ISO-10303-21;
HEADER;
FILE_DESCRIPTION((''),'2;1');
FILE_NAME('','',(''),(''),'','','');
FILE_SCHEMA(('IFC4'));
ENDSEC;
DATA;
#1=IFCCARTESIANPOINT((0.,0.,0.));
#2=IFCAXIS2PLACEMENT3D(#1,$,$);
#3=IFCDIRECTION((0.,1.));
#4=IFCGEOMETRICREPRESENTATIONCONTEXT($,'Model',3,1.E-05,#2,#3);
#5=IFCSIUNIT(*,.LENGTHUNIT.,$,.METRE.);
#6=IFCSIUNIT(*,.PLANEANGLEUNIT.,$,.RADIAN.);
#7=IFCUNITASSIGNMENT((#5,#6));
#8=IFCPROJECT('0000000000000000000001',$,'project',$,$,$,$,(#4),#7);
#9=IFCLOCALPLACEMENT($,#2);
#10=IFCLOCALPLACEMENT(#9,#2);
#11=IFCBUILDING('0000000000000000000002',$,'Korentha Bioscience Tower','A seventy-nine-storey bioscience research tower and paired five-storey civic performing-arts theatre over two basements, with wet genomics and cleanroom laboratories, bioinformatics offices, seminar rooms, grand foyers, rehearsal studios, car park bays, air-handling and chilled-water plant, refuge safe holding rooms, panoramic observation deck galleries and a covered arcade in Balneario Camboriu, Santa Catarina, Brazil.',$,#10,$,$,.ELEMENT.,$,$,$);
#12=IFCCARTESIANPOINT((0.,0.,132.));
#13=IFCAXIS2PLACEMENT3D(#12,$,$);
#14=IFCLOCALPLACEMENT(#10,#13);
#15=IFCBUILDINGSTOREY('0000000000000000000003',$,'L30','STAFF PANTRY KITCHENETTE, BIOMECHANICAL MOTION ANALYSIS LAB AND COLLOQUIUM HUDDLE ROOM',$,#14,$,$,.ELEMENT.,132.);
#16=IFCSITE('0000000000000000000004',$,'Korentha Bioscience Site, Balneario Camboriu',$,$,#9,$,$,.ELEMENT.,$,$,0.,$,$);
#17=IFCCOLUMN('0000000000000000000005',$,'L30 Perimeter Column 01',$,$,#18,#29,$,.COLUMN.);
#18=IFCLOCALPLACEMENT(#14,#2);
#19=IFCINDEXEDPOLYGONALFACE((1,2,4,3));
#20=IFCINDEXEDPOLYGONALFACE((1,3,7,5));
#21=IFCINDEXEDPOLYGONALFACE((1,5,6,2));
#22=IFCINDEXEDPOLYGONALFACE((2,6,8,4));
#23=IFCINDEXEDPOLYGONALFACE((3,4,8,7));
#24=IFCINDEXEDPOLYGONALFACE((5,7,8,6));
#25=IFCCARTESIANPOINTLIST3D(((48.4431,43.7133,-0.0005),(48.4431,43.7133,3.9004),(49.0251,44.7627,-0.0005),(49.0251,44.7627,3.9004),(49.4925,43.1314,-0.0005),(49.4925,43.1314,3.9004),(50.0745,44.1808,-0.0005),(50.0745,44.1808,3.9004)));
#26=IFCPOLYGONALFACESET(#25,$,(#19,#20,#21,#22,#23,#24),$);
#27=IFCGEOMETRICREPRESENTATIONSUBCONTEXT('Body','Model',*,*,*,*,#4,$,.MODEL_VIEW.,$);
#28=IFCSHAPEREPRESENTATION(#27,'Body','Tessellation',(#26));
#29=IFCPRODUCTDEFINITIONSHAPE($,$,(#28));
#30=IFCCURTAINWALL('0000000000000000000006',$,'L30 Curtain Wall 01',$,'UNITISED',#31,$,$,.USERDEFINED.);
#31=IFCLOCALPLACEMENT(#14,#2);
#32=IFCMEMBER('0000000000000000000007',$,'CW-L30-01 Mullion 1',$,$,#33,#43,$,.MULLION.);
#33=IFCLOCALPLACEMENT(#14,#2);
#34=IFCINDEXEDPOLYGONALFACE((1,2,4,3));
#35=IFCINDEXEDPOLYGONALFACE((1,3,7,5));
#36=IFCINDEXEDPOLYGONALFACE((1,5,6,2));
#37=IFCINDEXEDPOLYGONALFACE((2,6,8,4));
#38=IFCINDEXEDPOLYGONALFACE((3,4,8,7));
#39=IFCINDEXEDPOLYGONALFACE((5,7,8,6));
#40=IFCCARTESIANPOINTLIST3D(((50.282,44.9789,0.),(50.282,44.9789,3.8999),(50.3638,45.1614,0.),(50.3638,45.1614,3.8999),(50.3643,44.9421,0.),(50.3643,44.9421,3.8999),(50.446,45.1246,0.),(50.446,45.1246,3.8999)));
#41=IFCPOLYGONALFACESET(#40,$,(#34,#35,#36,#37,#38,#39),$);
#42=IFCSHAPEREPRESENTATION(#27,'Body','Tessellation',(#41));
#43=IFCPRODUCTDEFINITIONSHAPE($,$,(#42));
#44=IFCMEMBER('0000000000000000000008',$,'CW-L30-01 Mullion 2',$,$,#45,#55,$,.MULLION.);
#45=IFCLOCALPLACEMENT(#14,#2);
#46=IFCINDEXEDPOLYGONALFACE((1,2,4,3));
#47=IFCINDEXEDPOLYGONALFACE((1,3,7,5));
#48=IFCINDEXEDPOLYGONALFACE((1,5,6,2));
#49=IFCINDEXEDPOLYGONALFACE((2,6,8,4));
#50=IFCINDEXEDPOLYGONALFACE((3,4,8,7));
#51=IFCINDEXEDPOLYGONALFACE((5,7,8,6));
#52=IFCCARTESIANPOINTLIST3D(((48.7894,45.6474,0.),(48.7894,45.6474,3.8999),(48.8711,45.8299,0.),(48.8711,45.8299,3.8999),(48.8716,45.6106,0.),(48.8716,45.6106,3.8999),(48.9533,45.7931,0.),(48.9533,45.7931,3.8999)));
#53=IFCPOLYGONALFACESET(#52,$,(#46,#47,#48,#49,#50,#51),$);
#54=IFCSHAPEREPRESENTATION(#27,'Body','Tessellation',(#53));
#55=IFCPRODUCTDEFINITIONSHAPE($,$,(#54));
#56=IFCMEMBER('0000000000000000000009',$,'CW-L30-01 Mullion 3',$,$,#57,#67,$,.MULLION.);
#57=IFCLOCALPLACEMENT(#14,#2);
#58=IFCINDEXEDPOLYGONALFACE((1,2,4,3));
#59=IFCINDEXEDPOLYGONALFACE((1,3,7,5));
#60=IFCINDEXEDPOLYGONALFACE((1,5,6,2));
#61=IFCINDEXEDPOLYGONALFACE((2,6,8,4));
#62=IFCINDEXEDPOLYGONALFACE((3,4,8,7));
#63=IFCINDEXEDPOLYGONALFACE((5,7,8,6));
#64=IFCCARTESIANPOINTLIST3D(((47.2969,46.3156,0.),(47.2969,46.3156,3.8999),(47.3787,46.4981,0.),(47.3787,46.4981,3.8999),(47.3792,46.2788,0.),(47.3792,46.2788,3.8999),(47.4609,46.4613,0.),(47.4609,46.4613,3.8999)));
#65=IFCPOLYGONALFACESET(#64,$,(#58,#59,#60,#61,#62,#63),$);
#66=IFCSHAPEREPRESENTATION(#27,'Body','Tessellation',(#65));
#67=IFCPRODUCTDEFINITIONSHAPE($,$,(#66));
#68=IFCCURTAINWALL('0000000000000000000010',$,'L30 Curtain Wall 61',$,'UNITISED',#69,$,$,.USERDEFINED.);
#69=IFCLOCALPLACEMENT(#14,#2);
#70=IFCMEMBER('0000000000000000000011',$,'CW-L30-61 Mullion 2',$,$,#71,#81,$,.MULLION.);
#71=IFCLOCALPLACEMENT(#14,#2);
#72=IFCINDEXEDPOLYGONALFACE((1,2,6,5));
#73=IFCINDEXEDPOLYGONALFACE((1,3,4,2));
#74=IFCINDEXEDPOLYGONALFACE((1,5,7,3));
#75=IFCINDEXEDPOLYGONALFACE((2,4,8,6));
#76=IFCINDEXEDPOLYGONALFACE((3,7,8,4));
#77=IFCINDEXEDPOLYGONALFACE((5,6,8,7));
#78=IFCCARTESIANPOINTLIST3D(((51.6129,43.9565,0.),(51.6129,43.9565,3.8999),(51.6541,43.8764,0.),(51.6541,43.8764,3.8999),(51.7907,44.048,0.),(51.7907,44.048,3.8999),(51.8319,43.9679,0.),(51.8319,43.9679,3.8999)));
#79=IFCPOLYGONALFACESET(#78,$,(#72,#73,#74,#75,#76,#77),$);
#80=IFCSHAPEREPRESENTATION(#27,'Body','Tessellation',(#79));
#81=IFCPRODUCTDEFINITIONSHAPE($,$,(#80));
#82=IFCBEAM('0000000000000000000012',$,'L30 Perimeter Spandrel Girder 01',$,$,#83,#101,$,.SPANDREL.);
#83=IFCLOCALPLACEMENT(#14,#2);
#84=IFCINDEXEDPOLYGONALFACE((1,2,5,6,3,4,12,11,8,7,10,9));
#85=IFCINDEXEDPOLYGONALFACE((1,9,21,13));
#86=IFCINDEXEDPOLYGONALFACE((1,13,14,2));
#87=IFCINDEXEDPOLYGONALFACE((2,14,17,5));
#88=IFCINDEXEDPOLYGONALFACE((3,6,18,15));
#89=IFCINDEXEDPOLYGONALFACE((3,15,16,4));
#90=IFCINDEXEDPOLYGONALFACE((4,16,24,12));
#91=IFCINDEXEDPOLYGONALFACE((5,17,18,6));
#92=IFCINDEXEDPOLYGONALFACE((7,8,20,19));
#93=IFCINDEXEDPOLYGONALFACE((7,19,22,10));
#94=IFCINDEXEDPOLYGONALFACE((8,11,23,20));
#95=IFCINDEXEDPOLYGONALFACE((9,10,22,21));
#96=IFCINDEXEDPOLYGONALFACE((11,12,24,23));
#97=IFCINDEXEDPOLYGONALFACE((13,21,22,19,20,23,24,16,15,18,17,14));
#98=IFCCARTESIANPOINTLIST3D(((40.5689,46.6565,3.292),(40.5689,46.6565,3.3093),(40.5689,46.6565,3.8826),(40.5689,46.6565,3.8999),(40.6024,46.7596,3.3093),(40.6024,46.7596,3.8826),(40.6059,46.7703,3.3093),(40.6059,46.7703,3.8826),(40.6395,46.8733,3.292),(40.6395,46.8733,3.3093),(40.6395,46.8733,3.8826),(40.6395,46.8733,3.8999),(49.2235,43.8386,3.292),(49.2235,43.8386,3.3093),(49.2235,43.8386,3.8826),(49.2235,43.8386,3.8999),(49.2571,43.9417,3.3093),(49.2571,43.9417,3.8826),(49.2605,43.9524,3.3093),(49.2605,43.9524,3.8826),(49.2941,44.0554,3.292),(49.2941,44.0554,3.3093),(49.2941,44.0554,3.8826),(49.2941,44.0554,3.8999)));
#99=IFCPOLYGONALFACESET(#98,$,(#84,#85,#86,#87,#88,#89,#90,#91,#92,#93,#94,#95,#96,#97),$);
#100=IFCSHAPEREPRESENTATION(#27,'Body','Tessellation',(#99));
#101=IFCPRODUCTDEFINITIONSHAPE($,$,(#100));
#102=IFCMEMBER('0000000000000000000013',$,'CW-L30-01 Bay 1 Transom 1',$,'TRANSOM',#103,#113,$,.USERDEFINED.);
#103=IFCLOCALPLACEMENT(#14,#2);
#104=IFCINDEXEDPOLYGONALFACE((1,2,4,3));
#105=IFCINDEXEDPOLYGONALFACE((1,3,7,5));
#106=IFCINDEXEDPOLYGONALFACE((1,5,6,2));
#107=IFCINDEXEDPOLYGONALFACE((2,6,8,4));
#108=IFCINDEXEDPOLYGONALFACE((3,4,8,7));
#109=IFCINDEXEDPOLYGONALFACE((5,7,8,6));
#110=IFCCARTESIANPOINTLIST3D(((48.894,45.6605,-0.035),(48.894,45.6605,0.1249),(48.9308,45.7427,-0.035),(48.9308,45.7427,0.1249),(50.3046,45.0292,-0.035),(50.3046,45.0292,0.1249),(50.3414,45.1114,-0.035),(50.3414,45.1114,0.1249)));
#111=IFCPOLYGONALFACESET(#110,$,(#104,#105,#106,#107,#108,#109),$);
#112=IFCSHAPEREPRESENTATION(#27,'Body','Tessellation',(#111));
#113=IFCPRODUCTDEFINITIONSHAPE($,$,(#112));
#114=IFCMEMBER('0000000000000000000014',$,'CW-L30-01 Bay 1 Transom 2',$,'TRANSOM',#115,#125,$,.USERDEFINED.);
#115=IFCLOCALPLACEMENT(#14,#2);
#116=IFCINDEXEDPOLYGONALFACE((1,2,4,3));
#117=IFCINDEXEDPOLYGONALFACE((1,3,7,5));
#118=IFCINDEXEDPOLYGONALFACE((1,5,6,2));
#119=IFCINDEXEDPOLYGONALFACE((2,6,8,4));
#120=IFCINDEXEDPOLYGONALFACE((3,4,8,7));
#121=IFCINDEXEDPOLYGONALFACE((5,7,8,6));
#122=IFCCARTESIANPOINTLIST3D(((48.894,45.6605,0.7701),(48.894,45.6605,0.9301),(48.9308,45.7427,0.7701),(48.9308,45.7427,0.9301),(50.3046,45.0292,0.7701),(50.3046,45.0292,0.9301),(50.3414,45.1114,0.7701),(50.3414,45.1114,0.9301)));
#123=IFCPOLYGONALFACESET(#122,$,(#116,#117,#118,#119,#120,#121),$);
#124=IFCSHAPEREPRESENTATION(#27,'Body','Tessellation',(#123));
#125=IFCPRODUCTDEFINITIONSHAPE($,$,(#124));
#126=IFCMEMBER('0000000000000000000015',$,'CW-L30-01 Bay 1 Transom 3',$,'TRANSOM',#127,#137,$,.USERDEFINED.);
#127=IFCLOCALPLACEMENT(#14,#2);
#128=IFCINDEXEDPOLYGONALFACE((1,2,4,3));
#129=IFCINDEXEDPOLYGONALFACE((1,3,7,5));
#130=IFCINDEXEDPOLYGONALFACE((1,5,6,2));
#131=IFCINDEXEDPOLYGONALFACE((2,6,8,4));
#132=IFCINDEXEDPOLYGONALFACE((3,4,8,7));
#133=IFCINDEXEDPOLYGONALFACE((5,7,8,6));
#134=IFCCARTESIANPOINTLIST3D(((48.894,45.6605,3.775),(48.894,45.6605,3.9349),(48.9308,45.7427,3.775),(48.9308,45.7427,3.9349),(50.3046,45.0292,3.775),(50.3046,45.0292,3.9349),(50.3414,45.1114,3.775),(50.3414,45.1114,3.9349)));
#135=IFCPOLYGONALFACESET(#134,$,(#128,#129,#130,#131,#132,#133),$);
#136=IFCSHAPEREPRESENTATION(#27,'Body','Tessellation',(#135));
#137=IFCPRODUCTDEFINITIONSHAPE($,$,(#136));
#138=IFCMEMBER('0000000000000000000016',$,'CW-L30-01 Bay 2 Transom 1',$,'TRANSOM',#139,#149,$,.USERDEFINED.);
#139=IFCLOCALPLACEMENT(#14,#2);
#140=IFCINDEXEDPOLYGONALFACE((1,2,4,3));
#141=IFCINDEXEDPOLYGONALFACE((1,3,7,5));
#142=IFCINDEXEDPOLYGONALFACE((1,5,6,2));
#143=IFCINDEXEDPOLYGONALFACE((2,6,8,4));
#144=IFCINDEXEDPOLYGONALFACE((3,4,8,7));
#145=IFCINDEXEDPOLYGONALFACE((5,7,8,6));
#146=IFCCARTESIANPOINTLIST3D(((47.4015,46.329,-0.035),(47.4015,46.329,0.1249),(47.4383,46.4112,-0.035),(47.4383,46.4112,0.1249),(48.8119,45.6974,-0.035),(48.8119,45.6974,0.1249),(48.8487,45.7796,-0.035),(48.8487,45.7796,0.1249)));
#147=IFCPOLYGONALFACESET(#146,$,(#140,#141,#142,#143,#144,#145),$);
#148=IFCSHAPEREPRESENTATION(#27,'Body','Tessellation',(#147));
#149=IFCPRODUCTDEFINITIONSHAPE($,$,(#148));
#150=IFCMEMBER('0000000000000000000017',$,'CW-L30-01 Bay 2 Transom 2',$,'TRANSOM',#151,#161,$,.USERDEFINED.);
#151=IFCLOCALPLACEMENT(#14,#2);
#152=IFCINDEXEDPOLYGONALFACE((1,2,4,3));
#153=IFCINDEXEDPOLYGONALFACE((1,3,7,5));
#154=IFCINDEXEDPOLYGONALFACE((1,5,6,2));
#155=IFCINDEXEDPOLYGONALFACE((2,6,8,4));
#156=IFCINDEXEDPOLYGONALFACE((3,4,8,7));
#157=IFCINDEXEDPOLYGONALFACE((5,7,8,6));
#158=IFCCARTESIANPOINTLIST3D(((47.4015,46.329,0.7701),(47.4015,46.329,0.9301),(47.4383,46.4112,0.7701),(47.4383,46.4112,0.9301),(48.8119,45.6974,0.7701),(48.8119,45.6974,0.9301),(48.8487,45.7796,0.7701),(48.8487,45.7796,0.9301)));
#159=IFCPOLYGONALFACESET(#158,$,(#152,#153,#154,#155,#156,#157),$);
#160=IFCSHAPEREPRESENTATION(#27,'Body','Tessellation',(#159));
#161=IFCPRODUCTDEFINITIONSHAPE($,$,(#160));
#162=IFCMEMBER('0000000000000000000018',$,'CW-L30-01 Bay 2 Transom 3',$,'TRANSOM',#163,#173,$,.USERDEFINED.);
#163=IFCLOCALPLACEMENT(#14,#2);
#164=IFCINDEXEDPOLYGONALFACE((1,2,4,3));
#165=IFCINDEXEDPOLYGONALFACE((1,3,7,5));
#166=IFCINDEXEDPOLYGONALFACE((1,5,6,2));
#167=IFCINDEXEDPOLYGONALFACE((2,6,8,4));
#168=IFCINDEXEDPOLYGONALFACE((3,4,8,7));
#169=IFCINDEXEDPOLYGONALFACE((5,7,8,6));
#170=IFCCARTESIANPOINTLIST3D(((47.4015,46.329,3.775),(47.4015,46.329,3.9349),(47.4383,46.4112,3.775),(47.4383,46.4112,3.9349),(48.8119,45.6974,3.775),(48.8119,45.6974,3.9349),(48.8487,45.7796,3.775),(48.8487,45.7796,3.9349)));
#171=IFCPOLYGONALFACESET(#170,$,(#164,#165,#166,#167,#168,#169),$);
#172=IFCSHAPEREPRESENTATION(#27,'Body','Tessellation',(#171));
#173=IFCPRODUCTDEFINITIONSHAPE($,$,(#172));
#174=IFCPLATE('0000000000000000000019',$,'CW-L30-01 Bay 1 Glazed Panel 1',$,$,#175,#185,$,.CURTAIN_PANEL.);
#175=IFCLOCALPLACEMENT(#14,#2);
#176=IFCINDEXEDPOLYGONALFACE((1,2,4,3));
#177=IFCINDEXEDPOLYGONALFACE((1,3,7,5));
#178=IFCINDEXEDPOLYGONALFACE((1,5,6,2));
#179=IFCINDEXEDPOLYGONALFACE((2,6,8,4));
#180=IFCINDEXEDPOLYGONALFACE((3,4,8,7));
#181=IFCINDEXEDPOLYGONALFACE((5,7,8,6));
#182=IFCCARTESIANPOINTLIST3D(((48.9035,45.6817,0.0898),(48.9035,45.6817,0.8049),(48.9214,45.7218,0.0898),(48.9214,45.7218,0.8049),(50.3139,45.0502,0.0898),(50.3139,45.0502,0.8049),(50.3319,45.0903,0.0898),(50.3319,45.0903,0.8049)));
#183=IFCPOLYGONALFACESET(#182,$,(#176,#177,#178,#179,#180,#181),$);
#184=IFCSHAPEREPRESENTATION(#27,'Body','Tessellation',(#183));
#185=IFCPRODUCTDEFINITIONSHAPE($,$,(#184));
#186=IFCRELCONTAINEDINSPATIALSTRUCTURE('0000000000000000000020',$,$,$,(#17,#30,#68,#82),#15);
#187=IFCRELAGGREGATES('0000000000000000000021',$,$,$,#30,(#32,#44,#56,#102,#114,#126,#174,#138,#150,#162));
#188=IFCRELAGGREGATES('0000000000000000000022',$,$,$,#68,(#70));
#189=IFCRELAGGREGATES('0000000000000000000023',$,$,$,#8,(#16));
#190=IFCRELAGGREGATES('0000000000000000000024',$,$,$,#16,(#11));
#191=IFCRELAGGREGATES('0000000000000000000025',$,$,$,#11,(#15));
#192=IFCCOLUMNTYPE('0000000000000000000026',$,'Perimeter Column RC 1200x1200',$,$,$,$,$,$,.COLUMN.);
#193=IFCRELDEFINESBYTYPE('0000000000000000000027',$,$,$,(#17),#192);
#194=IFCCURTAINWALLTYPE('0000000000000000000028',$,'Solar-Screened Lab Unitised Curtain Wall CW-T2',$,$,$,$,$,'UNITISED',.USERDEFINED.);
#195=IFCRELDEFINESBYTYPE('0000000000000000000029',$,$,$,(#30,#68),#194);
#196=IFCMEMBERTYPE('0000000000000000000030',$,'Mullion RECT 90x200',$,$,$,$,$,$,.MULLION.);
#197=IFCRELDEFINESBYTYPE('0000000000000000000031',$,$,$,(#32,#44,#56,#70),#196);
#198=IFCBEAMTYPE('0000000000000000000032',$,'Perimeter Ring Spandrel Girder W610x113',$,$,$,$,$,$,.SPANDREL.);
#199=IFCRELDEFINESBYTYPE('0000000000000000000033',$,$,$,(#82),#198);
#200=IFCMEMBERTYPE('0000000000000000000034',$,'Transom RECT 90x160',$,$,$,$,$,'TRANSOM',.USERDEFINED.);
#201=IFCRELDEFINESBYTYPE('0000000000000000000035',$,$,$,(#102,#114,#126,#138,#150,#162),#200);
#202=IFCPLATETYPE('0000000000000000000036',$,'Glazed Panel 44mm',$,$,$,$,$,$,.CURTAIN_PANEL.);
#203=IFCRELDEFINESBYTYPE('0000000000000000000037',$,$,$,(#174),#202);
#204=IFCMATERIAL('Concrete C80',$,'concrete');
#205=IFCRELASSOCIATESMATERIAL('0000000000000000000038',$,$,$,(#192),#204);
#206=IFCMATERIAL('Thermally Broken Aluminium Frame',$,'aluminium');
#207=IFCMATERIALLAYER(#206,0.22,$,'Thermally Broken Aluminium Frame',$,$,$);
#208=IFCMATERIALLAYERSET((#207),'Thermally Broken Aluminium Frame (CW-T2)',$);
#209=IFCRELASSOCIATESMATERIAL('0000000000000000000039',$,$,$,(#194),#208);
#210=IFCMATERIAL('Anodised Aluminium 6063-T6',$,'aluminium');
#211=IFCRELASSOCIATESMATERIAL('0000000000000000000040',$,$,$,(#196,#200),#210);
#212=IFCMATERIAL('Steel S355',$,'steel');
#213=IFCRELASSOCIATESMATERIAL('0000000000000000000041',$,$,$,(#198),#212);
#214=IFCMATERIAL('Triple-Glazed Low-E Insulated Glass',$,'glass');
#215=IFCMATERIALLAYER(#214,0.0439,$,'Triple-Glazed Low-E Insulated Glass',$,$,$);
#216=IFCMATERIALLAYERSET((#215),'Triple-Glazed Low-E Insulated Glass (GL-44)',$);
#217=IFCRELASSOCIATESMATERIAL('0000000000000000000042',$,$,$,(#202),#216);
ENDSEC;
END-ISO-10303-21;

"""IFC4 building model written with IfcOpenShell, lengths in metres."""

from ifc_helpers import new_model, si_unit, direction, frame, origin, origin_2d, place, context, subcontext, project, spatial, rectangle, i_section, extrude, material, layer, layer_set, material_profile, profile_set, type_object, element, aggregate, save


model = new_model("IFC4")

# Units and contexts
model_context = context("Model", 3, precision=1e-05, world=origin(), true_north=direction((0.0, 1.0)))
body_context = subcontext(model_context, "Body", "Model", "MODEL_VIEW")
ifc_project = project(units=[si_unit("LENGTHUNIT", "METRE"), si_unit("PLANEANGLEUNIT", "RADIAN")], contexts=[model_context])

# Site, building, storey
site_placement = place(None, origin())
site = spatial("IfcSite", under=ifc_project, at=site_placement, Name="Korentha Bioscience Site, Balneario Camboriu", CompositionType="ELEMENT", RefElevation=0.0)
building_placement = place(site_placement, origin())
building = spatial("IfcBuilding", under=site, at=building_placement, Name="Korentha Bioscience Tower", Description="A seventy-nine-storey bioscience research tower and paired five-storey civic performing-arts theatre over two basements, with wet genomics and cleanroom laboratories, bioinformatics offices, seminar rooms, grand foyers, rehearsal studios, car park bays, air-handling and chilled-water plant, refuge safe holding rooms, panoramic observation deck galleries and a covered arcade in Balneario Camboriu, Santa Catarina, Brazil.", CompositionType="ELEMENT")
storey_placement = place(building_placement, frame((0.0, 0.0, 132.0)))
storey = spatial("IfcBuildingStorey", under=building, at=storey_placement, Name="L30", Description="STAFF PANTRY KITCHENETTE, BIOMECHANICAL MOTION ANALYSIS LAB AND COLLOQUIUM HUDDLE ROOM", CompositionType="ELEMENT", Elevation=132.0)

# Column
ifc_material_1 = material(Name="Concrete C80", Category="concrete")
ifc_material_profile_1 = material_profile(ifc_material_1, rectangle(XDim=1.2, YDim=1.2, at=origin_2d()), Name="Concrete C80")
ifc_profile_set_1 = profile_set([ifc_material_profile_1], Name="Concrete C80 (COL-P12)")
column_type = type_object("IfcColumnType", Name="Perimeter Column RC 1200x1200", PredefinedType="COLUMN", material=ifc_profile_set_1)
column_placement = place(storey_placement, frame((49.2588, 43.947, -0.0005), z_axis=(0.0, 0.0, 1.0), x_axis=(-0.874535, 0.484962, 0.0)))
element("IfcColumn", 1, at=column_placement, inside=storey, type_object=column_type, Name="L30 Perimeter Column 01", PredefinedType="COLUMN", context=body_context, shape_type="SweptSolid", body=[
    extrude(rectangle(XDim=1.2, YDim=1.2, at=origin_2d()), origin(), (0.0, 0.0, 1.0), 3.9009),
])

# Curtain wall, members
ifc_material_2 = material(Name="Thermally Broken Aluminium Frame", Category="aluminium")
ifc_layer_1 = layer(ifc_material_2, 0.22, Name="Thermally Broken Aluminium Frame")
ifc_layer_set_1 = layer_set([ifc_layer_1], Name="Thermally Broken Aluminium Frame (CW-T2)")
curtain_wall_type = type_object("IfcCurtainWallType", Name="Solar-Screened Lab Unitised Curtain Wall CW-T2", ElementType="UNITISED", PredefinedType="USERDEFINED", material=ifc_layer_set_1)
curtain_wall_1_placement = place(storey_placement, origin())
curtain_wall_1 = element("IfcCurtainWall", 2, at=curtain_wall_1_placement, inside=storey, type_object=curtain_wall_type, Name="L30 Curtain Wall 01", ObjectType="UNITISED", PredefinedType="USERDEFINED")
ifc_material_3 = material(Name="Anodised Aluminium 6063-T6", Category="aluminium")
ifc_material_profile_2 = material_profile(ifc_material_3, rectangle(XDim=0.0901, YDim=0.2, at=origin_2d()), Name="Anodised Aluminium 6063-T6")
ifc_profile_set_2 = profile_set([ifc_material_profile_2], Name="Anodised Aluminium 6063-T6 (CW-MUL)")
member_type_1 = type_object("IfcMemberType", Name="Mullion RECT 90x200", PredefinedType="MULLION", material=ifc_profile_set_2)
member_1_placement = place(storey_placement, frame((50.364, 45.0518, 0.0), z_axis=(0.0, 0.0, 1.0), x_axis=(-0.912687, 0.40866, 0.0)))
member_1 = element("IfcMember", 3, at=member_1_placement, type_object=member_type_1, Name="CW-L30-01 Mullion 1", PredefinedType="MULLION", context=body_context, shape_type="SweptSolid", body=[
    extrude(rectangle(XDim=0.0901, YDim=0.2, at=origin_2d()), origin(), (0.0, 0.0, 1.0), 3.8999),
])
member_2_placement = place(storey_placement, frame((48.8713, 45.7202, 0.0), z_axis=(0.0, 0.0, 1.0), x_axis=(-0.912687, 0.40866, 0.0)))
member_2 = element("IfcMember", 4, at=member_2_placement, type_object=member_type_1, Name="CW-L30-01 Mullion 2", PredefinedType="MULLION", context=body_context, shape_type="SweptSolid", body=[
    extrude(rectangle(XDim=0.0901, YDim=0.2, at=origin_2d()), origin(), (0.0, 0.0, 1.0), 3.8999),
])
member_3_placement = place(storey_placement, frame((47.3789, 46.3884, 0.0), z_axis=(0.0, 0.0, 1.0), x_axis=(-0.912687, 0.40866, 0.0)))
member_3 = element("IfcMember", 5, at=member_3_placement, type_object=member_type_1, Name="CW-L30-01 Mullion 3", PredefinedType="MULLION", context=body_context, shape_type="SweptSolid", body=[
    extrude(rectangle(XDim=0.0901, YDim=0.2, at=origin_2d()), origin(), (0.0, 0.0, 1.0), 3.8999),
])

# Curtain wall, member
curtain_wall_2_placement = place(storey_placement, origin())
curtain_wall_2 = element("IfcCurtainWall", 6, at=curtain_wall_2_placement, inside=storey, type_object=curtain_wall_type, Name="L30 Curtain Wall 61", ObjectType="UNITISED", PredefinedType="USERDEFINED")
member_4_placement = place(storey_placement, frame((51.7224, 43.9622, 0.0), z_axis=(0.0, 0.0, 1.0), x_axis=(-0.457613, 0.889151, 0.0)))
member_4 = element("IfcMember", 7, at=member_4_placement, type_object=member_type_1, Name="CW-L30-61 Mullion 2", PredefinedType="MULLION", context=body_context, shape_type="SweptSolid", body=[
    extrude(rectangle(XDim=0.0901, YDim=0.2, at=origin_2d()), origin(), (0.0, 0.0, 1.0), 3.8999),
])

# Beam
ifc_material_4 = material(Name="Steel S355", Category="steel")
ifc_material_profile_3 = material_profile(ifc_material_4, i_section(OverallWidth=0.228, OverallDepth=0.6079, WebThickness=0.0112, FlangeThickness=0.0173, at=origin_2d()), Name="Steel S355")
ifc_profile_set_3 = profile_set([ifc_material_profile_3], Name="Steel S355 (SB-610)")
beam_type = type_object("IfcBeamType", Name="Perimeter Ring Spandrel Girder W610x113", PredefinedType="SPANDREL", material=ifc_profile_set_3)
beam_placement = place(storey_placement, frame((49.2588, 43.947, 3.5959), z_axis=(-0.950868, 0.309597, 0.0), x_axis=(-0.309597, -0.950868, 0.0)))
element("IfcBeam", 8, at=beam_placement, inside=storey, type_object=beam_type, Name="L30 Perimeter Spandrel Girder 01", PredefinedType="SPANDREL", context=body_context, shape_type="SweptSolid", body=[
    extrude(i_section(OverallWidth=0.228, OverallDepth=0.6079, WebThickness=0.0112, FlangeThickness=0.0173, at=origin_2d()), origin(), (0.0, 0.0, 1.0), 9.1018),
])

# Members
ifc_material_profile_4 = material_profile(ifc_material_3, rectangle(XDim=0.0901, YDim=0.1599, at=origin_2d()), Name="Anodised Aluminium 6063-T6")
ifc_profile_set_4 = profile_set([ifc_material_profile_4], Name="Anodised Aluminium 6063-T6 (CW-TRN)")
member_type_2 = type_object("IfcMemberType", Name="Transom RECT 90x160", ElementType="TRANSOM", PredefinedType="USERDEFINED", material=ifc_profile_set_4)
member_5_placement = place(storey_placement, frame((50.323, 45.0703, 0.0449), z_axis=(-0.912753, 0.408512, 0.0), x_axis=(-0.408512, -0.912753, 0.0)))
member_5 = element("IfcMember", 9, at=member_5_placement, type_object=member_type_2, Name="CW-L30-01 Bay 1 Transom 1", ObjectType="TRANSOM", PredefinedType="USERDEFINED", context=body_context, shape_type="SweptSolid", body=[
    extrude(rectangle(XDim=0.0901, YDim=0.1599, at=origin_2d()), origin(), (0.0, 0.0, 1.0), 1.5454),
])
member_6_placement = place(storey_placement, frame((50.323, 45.0703, 0.8501), z_axis=(-0.912753, 0.408512, 0.0), x_axis=(-0.408512, -0.912753, 0.0)))
member_6 = element("IfcMember", 10, at=member_6_placement, type_object=member_type_2, Name="CW-L30-01 Bay 1 Transom 2", ObjectType="TRANSOM", PredefinedType="USERDEFINED", context=body_context, shape_type="SweptSolid", body=[
    extrude(rectangle(XDim=0.0901, YDim=0.1599, at=origin_2d()), origin(), (0.0, 0.0, 1.0), 1.5454),
])
member_7_placement = place(storey_placement, frame((50.323, 45.0703, 3.855), z_axis=(-0.912753, 0.408512, 0.0), x_axis=(-0.408512, -0.912753, 0.0)))
member_7 = element("IfcMember", 11, at=member_7_placement, type_object=member_type_2, Name="CW-L30-01 Bay 1 Transom 3", ObjectType="TRANSOM", PredefinedType="USERDEFINED", context=body_context, shape_type="SweptSolid", body=[
    extrude(rectangle(XDim=0.0901, YDim=0.1599, at=origin_2d()), origin(), (0.0, 0.0, 1.0), 1.5454),
])
member_8_placement = place(storey_placement, frame((48.8303, 45.7385, 0.0449), z_axis=(-0.912668, 0.408702, 0.0), x_axis=(-0.408702, -0.912668, 0.0)))
member_8 = element("IfcMember", 12, at=member_8_placement, type_object=member_type_2, Name="CW-L30-01 Bay 2 Transom 1", ObjectType="TRANSOM", PredefinedType="USERDEFINED", context=body_context, shape_type="SweptSolid", body=[
    extrude(rectangle(XDim=0.0901, YDim=0.1599, at=origin_2d()), origin(), (0.0, 0.0, 1.0), 1.5454),
])
member_9_placement = place(storey_placement, frame((48.8303, 45.7385, 0.8501), z_axis=(-0.912668, 0.408702, 0.0), x_axis=(-0.408702, -0.912668, 0.0)))
member_9 = element("IfcMember", 13, at=member_9_placement, type_object=member_type_2, Name="CW-L30-01 Bay 2 Transom 2", ObjectType="TRANSOM", PredefinedType="USERDEFINED", context=body_context, shape_type="SweptSolid", body=[
    extrude(rectangle(XDim=0.0901, YDim=0.1599, at=origin_2d()), origin(), (0.0, 0.0, 1.0), 1.5454),
])
member_10_placement = place(storey_placement, frame((48.8303, 45.7385, 3.855), z_axis=(-0.912668, 0.408702, 0.0), x_axis=(-0.408702, -0.912668, 0.0)))
member_10 = element("IfcMember", 14, at=member_10_placement, type_object=member_type_2, Name="CW-L30-01 Bay 2 Transom 3", ObjectType="TRANSOM", PredefinedType="USERDEFINED", context=body_context, shape_type="SweptSolid", body=[
    extrude(rectangle(XDim=0.0901, YDim=0.1599, at=origin_2d()), origin(), (0.0, 0.0, 1.0), 1.5454),
])

# Plate
ifc_material_5 = material(Name="Triple-Glazed Low-E Insulated Glass", Category="glass")
ifc_layer_2 = layer(ifc_material_5, 0.0439, Name="Triple-Glazed Low-E Insulated Glass")
ifc_layer_set_2 = layer_set([ifc_layer_2], Name="Triple-Glazed Low-E Insulated Glass (GL-44)")
plate_type = type_object("IfcPlateType", Name="Glazed Panel 44mm", PredefinedType="CURTAIN_PANEL", material=ifc_layer_set_2)
plate_1_placement = place(storey_placement, frame((49.6177, 45.386, 0.0898), z_axis=(0.0, 0.0, 1.0), x_axis=(-0.912687, 0.40866, 0.0)))
plate_1 = element("IfcPlate", 15, at=plate_1_placement, type_object=plate_type, Name="CW-L30-01 Bay 1 Glazed Panel 1", PredefinedType="CURTAIN_PANEL", context=body_context, shape_type="SweptSolid", body=[
    extrude(rectangle(XDim=1.5454, YDim=0.0439, at=origin_2d()), origin(), (0.0, 0.0, 1.0), 0.7151),
])
aggregate(curtain_wall_1, [member_1, member_2, member_3, member_5, member_6, member_7, plate_1, member_8, member_9, member_10])
aggregate(curtain_wall_2, [member_4])

save(model, "model.ifc")
